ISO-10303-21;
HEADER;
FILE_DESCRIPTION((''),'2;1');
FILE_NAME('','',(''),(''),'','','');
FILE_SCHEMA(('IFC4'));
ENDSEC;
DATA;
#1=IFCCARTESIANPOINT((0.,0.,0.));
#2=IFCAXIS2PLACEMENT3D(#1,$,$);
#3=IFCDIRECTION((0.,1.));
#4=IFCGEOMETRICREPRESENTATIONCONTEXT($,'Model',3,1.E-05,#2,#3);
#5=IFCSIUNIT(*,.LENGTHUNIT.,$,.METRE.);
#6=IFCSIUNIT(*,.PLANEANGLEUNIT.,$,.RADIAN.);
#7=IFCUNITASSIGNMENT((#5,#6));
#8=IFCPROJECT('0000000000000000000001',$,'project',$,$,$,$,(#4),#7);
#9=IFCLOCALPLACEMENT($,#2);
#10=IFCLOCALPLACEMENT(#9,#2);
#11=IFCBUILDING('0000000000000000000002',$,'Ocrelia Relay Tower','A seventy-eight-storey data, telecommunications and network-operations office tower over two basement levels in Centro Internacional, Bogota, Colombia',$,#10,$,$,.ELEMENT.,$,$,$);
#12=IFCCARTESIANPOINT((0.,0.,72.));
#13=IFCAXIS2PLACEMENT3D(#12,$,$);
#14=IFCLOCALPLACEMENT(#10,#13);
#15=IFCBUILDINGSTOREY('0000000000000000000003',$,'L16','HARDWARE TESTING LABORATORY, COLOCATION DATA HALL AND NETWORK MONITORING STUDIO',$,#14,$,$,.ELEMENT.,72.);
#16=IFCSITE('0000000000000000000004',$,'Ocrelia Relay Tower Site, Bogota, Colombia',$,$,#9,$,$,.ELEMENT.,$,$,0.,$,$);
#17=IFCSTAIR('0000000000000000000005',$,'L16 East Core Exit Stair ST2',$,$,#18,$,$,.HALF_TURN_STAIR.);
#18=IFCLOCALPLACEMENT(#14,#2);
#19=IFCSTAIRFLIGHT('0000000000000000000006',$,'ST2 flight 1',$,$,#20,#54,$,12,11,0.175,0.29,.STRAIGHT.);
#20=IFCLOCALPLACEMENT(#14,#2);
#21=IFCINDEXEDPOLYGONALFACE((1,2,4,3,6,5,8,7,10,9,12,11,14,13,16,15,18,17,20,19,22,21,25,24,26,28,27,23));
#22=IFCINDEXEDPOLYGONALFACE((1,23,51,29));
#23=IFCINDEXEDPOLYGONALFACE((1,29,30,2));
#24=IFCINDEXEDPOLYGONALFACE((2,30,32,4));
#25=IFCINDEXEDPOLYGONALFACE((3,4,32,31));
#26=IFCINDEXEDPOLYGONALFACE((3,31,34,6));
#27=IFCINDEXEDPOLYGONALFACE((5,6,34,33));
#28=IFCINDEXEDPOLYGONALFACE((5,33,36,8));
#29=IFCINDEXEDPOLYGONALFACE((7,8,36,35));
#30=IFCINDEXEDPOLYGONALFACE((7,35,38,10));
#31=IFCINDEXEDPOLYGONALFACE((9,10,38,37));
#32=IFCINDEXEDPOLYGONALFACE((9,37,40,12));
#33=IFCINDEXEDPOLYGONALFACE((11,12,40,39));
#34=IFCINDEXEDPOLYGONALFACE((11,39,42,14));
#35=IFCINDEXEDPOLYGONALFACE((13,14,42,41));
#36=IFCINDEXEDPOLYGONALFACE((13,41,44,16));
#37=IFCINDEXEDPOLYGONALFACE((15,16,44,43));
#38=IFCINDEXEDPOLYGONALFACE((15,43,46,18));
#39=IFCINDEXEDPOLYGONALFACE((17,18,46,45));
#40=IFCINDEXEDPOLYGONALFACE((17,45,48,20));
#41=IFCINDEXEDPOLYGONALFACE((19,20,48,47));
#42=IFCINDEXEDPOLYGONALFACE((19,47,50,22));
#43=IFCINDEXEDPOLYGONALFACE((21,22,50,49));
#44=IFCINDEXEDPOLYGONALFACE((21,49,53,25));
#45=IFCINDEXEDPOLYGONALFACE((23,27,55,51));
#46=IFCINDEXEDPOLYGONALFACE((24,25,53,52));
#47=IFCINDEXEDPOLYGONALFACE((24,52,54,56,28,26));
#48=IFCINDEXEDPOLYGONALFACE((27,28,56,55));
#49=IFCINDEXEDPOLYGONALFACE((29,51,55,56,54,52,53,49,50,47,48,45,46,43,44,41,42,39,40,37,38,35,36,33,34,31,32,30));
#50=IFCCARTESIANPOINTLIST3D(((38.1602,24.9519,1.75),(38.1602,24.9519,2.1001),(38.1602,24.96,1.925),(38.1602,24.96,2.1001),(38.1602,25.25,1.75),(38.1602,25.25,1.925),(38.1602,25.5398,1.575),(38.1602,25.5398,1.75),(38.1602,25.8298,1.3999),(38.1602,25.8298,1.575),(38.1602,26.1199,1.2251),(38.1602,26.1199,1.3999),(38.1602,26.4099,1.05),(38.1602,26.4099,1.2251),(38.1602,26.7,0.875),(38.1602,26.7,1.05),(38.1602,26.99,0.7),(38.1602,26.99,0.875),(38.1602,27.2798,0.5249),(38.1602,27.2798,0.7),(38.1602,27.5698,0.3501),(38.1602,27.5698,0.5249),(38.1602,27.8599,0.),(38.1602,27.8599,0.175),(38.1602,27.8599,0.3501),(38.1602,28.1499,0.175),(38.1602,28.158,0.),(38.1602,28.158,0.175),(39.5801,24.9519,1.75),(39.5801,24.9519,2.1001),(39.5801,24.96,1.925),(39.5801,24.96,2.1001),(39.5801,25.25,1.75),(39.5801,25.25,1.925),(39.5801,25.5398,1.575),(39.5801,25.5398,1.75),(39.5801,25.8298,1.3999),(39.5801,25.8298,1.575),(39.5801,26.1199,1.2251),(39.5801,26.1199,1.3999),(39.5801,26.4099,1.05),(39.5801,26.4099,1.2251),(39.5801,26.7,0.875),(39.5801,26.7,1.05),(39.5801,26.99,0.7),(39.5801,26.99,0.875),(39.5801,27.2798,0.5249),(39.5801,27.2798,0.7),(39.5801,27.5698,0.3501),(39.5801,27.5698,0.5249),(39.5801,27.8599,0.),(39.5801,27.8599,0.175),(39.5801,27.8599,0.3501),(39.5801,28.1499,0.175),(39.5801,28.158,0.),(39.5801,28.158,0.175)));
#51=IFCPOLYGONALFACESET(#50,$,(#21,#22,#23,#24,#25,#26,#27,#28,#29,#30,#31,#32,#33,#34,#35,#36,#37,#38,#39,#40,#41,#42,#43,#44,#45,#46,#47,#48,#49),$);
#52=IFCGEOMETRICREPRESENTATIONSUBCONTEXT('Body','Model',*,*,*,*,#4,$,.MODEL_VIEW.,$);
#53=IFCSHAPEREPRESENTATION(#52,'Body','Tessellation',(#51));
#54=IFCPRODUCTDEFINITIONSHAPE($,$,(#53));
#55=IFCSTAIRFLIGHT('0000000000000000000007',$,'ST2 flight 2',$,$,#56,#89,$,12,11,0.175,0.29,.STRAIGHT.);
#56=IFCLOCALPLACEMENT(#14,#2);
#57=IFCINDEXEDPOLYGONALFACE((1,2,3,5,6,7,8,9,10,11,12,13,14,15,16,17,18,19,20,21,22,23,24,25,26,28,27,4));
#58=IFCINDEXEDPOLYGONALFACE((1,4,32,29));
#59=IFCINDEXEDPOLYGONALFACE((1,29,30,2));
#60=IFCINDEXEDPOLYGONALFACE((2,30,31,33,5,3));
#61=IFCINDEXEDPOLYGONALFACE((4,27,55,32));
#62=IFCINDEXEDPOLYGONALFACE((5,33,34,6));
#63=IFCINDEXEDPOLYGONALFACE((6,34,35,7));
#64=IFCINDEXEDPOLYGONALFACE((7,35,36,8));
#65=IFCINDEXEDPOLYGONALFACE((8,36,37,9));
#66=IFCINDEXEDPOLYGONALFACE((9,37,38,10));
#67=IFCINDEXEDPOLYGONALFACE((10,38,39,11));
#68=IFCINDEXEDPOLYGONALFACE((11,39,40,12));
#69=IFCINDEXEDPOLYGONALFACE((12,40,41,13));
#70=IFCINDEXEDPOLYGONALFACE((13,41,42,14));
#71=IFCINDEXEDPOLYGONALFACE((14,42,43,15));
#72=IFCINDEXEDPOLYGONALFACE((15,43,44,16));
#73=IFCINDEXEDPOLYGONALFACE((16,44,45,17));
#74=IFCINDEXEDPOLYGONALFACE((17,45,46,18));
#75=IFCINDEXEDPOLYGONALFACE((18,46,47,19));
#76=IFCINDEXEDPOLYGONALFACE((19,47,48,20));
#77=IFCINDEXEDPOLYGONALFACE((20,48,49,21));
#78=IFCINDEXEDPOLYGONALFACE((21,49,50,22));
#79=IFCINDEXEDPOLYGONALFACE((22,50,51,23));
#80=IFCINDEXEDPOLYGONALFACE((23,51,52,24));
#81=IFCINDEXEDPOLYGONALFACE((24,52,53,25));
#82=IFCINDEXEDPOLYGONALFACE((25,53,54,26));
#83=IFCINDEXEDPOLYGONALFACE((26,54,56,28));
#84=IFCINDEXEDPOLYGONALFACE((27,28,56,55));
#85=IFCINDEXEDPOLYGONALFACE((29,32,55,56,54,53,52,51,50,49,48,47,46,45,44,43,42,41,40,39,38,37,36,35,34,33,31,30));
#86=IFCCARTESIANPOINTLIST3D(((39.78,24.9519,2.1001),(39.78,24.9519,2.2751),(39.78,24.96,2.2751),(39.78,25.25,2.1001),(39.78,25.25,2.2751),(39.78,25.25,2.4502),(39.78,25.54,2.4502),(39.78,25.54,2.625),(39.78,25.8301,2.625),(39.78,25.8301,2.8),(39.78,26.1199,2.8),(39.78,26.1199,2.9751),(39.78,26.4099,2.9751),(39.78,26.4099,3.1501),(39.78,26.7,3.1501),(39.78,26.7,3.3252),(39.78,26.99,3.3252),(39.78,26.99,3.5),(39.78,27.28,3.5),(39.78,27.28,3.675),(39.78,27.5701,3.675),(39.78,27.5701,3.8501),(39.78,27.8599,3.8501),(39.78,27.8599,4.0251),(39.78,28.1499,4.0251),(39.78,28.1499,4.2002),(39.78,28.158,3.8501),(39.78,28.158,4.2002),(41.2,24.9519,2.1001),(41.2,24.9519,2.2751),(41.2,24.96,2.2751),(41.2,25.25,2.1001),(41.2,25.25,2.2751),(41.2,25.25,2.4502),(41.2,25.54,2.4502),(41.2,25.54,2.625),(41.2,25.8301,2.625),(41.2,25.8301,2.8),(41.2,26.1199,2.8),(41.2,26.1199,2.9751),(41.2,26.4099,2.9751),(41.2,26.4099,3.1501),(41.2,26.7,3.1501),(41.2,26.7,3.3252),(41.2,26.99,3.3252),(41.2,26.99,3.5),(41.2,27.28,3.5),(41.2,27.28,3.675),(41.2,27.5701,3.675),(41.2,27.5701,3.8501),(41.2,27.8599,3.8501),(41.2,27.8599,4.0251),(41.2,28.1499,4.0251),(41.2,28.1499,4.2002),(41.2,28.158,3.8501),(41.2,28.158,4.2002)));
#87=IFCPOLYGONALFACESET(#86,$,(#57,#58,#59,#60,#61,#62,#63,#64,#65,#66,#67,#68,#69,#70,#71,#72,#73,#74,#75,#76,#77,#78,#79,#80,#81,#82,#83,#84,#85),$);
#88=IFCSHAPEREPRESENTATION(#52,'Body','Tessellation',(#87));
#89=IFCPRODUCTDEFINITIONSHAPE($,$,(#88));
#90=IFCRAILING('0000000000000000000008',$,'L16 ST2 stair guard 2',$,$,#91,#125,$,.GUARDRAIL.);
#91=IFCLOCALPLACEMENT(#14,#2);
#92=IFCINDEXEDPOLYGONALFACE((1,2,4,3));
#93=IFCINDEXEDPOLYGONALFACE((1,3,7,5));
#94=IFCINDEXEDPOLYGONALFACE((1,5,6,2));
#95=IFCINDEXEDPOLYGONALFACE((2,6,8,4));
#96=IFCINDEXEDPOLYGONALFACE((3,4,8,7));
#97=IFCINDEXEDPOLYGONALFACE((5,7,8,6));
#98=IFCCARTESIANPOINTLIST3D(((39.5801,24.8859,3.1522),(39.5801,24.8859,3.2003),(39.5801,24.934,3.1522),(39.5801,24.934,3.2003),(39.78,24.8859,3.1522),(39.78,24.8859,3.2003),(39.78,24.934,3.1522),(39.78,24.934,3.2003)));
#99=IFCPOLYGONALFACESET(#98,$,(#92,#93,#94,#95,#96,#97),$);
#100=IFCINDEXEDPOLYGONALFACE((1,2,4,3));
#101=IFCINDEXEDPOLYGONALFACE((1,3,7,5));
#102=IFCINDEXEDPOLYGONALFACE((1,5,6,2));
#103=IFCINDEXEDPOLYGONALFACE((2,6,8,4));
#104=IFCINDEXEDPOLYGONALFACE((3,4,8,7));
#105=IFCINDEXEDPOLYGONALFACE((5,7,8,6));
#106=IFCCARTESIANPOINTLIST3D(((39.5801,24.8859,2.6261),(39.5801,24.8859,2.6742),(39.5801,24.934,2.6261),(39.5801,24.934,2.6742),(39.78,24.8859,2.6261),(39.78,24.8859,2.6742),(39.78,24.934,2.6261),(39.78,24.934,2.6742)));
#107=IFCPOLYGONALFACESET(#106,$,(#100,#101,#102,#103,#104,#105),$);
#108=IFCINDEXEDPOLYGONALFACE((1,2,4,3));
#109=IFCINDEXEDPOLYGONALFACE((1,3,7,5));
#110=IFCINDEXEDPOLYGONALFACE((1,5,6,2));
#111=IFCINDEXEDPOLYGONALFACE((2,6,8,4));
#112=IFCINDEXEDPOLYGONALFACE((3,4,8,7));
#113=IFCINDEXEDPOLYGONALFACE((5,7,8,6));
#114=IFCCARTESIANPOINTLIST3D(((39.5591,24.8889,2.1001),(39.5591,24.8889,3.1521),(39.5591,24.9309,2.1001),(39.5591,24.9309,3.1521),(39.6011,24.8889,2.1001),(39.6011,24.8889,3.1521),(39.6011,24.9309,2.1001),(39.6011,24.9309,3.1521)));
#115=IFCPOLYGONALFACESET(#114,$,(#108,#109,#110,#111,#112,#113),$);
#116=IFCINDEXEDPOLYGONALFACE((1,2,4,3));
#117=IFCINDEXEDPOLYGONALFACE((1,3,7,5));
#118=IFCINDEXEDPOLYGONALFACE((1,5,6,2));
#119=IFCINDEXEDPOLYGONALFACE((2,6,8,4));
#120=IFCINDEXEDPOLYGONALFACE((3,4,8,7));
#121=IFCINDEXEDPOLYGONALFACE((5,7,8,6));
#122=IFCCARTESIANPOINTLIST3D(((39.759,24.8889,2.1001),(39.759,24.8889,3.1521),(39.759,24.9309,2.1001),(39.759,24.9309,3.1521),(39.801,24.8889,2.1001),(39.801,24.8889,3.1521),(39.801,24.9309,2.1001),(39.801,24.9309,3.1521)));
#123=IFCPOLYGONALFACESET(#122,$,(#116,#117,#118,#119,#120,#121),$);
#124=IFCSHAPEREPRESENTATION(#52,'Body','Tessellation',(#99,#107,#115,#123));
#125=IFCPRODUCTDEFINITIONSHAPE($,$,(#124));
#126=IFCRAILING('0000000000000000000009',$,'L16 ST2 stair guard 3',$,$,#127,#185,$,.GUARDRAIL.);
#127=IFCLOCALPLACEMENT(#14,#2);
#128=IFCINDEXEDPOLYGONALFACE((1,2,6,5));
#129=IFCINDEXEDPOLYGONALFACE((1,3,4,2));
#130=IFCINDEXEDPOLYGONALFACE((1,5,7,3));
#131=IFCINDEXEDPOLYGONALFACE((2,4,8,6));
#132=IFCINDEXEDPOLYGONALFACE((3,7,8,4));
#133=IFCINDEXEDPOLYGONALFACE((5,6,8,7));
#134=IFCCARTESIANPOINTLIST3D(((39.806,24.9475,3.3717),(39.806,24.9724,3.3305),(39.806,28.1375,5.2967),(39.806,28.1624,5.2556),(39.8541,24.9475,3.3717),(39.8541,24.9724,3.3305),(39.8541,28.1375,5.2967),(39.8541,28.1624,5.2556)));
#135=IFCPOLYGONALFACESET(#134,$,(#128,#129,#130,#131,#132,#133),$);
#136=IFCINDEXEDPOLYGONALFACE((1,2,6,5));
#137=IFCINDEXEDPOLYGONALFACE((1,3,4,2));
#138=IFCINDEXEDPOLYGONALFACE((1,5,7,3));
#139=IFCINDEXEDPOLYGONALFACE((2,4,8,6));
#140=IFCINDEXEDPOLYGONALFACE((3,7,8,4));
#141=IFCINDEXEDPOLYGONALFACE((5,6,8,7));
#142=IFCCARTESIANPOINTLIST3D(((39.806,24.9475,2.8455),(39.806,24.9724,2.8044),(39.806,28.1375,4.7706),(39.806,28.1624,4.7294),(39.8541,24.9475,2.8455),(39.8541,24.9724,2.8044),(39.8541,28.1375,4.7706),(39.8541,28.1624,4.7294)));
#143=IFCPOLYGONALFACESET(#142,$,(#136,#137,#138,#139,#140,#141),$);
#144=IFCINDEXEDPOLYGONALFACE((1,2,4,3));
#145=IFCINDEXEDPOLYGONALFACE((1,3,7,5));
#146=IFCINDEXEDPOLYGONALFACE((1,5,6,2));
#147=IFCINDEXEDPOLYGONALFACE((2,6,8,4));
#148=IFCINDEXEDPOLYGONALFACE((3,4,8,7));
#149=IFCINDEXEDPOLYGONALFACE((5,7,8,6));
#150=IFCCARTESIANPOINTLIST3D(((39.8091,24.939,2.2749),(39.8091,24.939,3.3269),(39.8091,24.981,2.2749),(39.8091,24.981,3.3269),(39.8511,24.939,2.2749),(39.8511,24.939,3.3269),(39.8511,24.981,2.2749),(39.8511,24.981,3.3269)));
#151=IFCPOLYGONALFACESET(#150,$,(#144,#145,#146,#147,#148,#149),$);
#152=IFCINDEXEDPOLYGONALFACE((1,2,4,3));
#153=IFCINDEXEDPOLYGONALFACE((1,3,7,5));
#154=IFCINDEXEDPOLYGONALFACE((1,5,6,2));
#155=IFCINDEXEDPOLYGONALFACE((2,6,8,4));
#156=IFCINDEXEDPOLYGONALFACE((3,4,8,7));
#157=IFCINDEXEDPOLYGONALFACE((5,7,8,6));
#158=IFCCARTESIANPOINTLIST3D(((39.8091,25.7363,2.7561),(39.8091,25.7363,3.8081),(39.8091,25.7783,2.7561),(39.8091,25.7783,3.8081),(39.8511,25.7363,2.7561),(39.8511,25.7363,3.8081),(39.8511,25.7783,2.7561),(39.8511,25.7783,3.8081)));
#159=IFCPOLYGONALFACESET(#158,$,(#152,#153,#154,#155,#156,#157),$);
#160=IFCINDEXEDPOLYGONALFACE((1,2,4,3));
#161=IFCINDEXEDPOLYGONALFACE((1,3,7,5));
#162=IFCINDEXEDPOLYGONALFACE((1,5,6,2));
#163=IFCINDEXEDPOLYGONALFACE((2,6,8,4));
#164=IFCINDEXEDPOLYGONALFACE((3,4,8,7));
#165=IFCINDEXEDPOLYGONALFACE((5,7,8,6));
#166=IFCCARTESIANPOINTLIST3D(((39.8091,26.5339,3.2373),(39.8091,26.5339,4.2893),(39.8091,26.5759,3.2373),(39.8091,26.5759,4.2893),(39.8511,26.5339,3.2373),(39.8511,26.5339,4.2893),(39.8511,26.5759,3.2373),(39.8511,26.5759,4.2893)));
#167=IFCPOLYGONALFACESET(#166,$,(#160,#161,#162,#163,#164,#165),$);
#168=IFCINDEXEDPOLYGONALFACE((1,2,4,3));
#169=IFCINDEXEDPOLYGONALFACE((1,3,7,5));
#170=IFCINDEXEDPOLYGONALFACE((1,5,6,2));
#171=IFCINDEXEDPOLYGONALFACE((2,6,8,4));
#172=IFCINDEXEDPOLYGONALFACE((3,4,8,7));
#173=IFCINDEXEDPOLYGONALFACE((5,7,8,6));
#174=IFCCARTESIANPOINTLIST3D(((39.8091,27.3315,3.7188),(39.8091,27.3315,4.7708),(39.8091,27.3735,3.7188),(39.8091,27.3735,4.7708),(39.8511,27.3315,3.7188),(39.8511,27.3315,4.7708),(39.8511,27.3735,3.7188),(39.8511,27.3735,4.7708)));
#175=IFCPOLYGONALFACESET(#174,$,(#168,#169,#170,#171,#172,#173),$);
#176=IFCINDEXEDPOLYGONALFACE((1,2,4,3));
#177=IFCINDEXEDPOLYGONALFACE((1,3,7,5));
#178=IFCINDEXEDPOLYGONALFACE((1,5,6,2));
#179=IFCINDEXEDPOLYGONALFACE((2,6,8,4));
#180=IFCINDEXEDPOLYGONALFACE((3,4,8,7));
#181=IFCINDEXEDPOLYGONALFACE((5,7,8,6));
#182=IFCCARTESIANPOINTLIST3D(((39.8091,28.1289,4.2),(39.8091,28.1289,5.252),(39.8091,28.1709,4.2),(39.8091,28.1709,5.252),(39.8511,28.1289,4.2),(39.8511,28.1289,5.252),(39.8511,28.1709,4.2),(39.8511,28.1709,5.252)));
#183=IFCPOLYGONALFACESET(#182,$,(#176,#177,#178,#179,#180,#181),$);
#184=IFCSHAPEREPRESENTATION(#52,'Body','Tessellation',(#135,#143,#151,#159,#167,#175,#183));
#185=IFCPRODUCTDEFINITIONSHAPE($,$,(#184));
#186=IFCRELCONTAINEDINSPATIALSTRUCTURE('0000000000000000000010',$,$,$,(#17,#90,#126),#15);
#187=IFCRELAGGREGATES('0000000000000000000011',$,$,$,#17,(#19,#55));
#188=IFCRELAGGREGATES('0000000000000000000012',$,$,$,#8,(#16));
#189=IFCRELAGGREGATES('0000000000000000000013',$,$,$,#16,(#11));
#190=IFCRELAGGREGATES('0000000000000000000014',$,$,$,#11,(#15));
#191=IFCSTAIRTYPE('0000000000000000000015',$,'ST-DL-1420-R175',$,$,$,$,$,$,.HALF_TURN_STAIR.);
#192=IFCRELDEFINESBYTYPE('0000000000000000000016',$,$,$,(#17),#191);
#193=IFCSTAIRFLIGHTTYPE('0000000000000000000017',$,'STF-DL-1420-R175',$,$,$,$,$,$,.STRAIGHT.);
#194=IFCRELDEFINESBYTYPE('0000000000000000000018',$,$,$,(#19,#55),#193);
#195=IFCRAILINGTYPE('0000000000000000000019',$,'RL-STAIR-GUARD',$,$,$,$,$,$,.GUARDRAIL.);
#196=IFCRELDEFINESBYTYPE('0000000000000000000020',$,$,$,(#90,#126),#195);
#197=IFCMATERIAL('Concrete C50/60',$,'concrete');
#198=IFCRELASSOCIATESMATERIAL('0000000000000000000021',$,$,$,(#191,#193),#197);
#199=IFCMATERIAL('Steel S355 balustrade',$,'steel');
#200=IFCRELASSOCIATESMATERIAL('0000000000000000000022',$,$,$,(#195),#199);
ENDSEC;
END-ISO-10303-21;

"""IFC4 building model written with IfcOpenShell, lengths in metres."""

from ifc_helpers import new_model, si_unit, direction, frame, origin, origin_2d, place, context, subcontext, project, spatial, polyline, rectangle, outline, extrude, material, type_object, element, aggregate, save


model = new_model("IFC4")

# Units and contexts
model_context = context("Model", 3, precision=1e-05, world=origin(), true_north=direction((0.0, 1.0)))
body_context = subcontext(model_context, "Body", "Model", "MODEL_VIEW")
ifc_project = project(units=[si_unit("LENGTHUNIT", "METRE"), si_unit("PLANEANGLEUNIT", "RADIAN")], contexts=[model_context])

# Site, building, storey
site_placement = place(None, origin())
site = spatial("IfcSite", under=ifc_project, at=site_placement, Name="Ocrelia Relay Tower Site, Bogota, Colombia", CompositionType="ELEMENT", RefElevation=0.0)
building_placement = place(site_placement, origin())
building = spatial("IfcBuilding", under=site, at=building_placement, Name="Ocrelia Relay Tower", Description="A seventy-eight-storey data, telecommunications and network-operations office tower over two basement levels in Centro Internacional, Bogota, Colombia", CompositionType="ELEMENT")
storey_placement = place(building_placement, frame((0.0, 0.0, 72.0)))
storey = spatial("IfcBuildingStorey", under=building, at=storey_placement, Name="L16", Description="HARDWARE TESTING LABORATORY, COLOCATION DATA HALL AND NETWORK MONITORING STUDIO", CompositionType="ELEMENT", Elevation=72.0)

# Shared definitions
ifc_material_1 = material(Name="Concrete C50/60", Category="concrete")

# Stair, stair flights
stair_type = type_object("IfcStairType", Name="ST-DL-1420-R175", PredefinedType="HALF_TURN_STAIR", material=ifc_material_1)
stair_placement = place(storey_placement, origin())
stair = element("IfcStair", 1, at=stair_placement, inside=storey, type_object=stair_type, Name="L16 East Core Exit Stair ST2", PredefinedType="HALF_TURN_STAIR")
stair_flight_type = type_object("IfcStairFlightType", Name="STF-DL-1420-R175", PredefinedType="STRAIGHT", material=ifc_material_1)
stair_flight_1_placement = place(storey_placement, frame((38.8701, 28.1499, 0.0), z_axis=(0.0, 0.0, 1.0), x_axis=(0.0, -1.0, 0.0)))
stair_flight_1 = element("IfcStairFlight", 2, at=stair_flight_1_placement, type_object=stair_flight_type, Name="ST2 flight 1", NumberOfRisers=12, NumberOfTreads=11, PredefinedType="STRAIGHT", RiserHeight=0.175, TreadLength=0.29, context=body_context, shape_type="SweptSolid", body=[
    extrude(outline(polyline([(-0.0081, 0.0), (-0.0081, 0.175), (0.0, 0.175), (0.29, 0.175), (0.29, 0.3501), (0.5801, 0.3501), (0.5801, 0.5249), (0.8701, 0.5249), (0.8701, 0.7), (1.1599, 0.7), (1.1599, 0.875), (1.45, 0.875), (1.45, 1.05), (1.74, 1.05), (1.74, 1.2251), (2.03, 1.2251), (2.03, 1.3999), (2.3201, 1.3999), (2.3201, 1.575), (2.6101, 1.575), (2.6101, 1.75), (2.8999, 1.75), (2.8999, 1.925), (3.1899, 1.925), (3.1899, 2.1001), (3.198, 2.1001), (3.198, 1.75), (0.29, 0.0), (-0.0081, 0.0)])), frame((0.0, 0.71, 0.0), z_axis=(0.0, -1.0, 0.0), x_axis=(1.0, 0.0, 0.0)), (0.0, 0.0, 1.0), 1.4199),
])
stair_flight_2_placement = place(storey_placement, frame((40.49, 24.96, 2.1001), z_axis=(0.0, 0.0, 1.0), x_axis=(0.0, 1.0, 0.0)))
stair_flight_2 = element("IfcStairFlight", 3, at=stair_flight_2_placement, type_object=stair_flight_type, Name="ST2 flight 2", NumberOfRisers=12, NumberOfTreads=11, PredefinedType="STRAIGHT", RiserHeight=0.175, TreadLength=0.29, context=body_context, shape_type="SweptSolid", body=[
    extrude(outline(polyline([(-0.0081, 0.0), (-0.0081, 0.175), (0.0, 0.175), (0.29, 0.175), (0.29, 0.3501), (0.5801, 0.3501), (0.5801, 0.5249), (0.8701, 0.5249), (0.8701, 0.7), (1.1599, 0.7), (1.1599, 0.875), (1.45, 0.875), (1.45, 1.05), (1.74, 1.05), (1.74, 1.2251), (2.03, 1.2251), (2.03, 1.3999), (2.3201, 1.3999), (2.3201, 1.575), (2.6101, 1.575), (2.6101, 1.75), (2.8999, 1.75), (2.8999, 1.925), (3.1899, 1.925), (3.1899, 2.1001), (3.198, 2.1001), (3.198, 1.75), (0.29, 0.0), (-0.0081, 0.0)])), frame((0.0, 0.71, 0.0), z_axis=(0.0, -1.0, 0.0), x_axis=(1.0, 0.0, 0.0)), (0.0, 0.0, 1.0), 1.4199),
])
aggregate(stair, [stair_flight_1, stair_flight_2])

# Railings
ifc_material_2 = material(Name="Steel S355 balustrade", Category="steel")
railing_type_1 = type_object("IfcRailingType", Name="RL-STAIR-GUARD", PredefinedType="GUARDRAIL", material=ifc_material_2)
railing_1_placement = place(storey_placement, frame((39.5801, 24.9099, 2.1001)))
element("IfcRailing", 4, at=railing_1_placement, inside=storey, type_object=railing_type_1, Name="L16 ST2 stair guard 2", PredefinedType="GUARDRAIL", context=body_context, shape_type="SweptSolid", body=[
    extrude(rectangle(XDim=0.0481, YDim=0.0481, at=origin_2d()), frame((0.0, 0.0, 1.0762), z_axis=(1.0, 0.0, 0.0), x_axis=(0.0, 1.0, 0.0)), (0.0, 0.0, 1.0), 0.2),
    extrude(rectangle(XDim=0.0481, YDim=0.0481, at=origin_2d()), frame((0.0, 0.0, 0.55), z_axis=(1.0, 0.0, 0.0), x_axis=(0.0, 1.0, 0.0)), (0.0, 0.0, 1.0), 0.2),
    extrude(rectangle(XDim=0.042, YDim=0.042, at=origin_2d()), origin(), (0.0, 0.0, 1.0), 1.052),
    extrude(rectangle(XDim=0.042, YDim=0.042, at=origin_2d()), frame((0.2, 0.0, 0.0)), (0.0, 0.0, 1.0), 1.052),
])
railing_2_placement = place(storey_placement, frame((39.8301, 24.96, 2.2749)))
element("IfcRailing", 5, at=railing_2_placement, inside=storey, type_object=railing_type_1, Name="L16 ST2 stair guard 3", PredefinedType="GUARDRAIL", context=body_context, shape_type="SweptSolid", body=[
    extrude(rectangle(XDim=0.0481, YDim=0.0481, at=origin_2d()), frame((0.0, 0.0, 1.0762), z_axis=(0.0, 0.856178, 0.516682), x_axis=(-1.0, 0.0, 0.0)), (0.0, 0.0, 1.0), 3.7258),
    extrude(rectangle(XDim=0.0481, YDim=0.0481, at=origin_2d()), frame((0.0, 0.0, 0.55), z_axis=(0.0, 0.856178, 0.516682), x_axis=(-1.0, 0.0, 0.0)), (0.0, 0.0, 1.0), 3.7258),
    extrude(rectangle(XDim=0.042, YDim=0.042, at=origin_2d()), origin(), (0.0, 0.0, 1.0), 1.052),
    extrude(rectangle(XDim=0.042, YDim=0.042, at=origin_2d()), frame((0.0, 0.7974, 0.4812)), (0.0, 0.0, 1.0), 1.052),
    extrude(rectangle(XDim=0.042, YDim=0.042, at=origin_2d()), frame((0.0, 1.595, 0.9624)), (0.0, 0.0, 1.0), 1.052),
    extrude(rectangle(XDim=0.042, YDim=0.042, at=origin_2d()), frame((0.0, 2.3926, 1.4438)), (0.0, 0.0, 1.0), 1.052),
    extrude(rectangle(XDim=0.042, YDim=0.042, at=origin_2d()), frame((0.0, 3.1899, 1.925)), (0.0, 0.0, 1.0), 1.052),
])

save(model, "model.ifc")
